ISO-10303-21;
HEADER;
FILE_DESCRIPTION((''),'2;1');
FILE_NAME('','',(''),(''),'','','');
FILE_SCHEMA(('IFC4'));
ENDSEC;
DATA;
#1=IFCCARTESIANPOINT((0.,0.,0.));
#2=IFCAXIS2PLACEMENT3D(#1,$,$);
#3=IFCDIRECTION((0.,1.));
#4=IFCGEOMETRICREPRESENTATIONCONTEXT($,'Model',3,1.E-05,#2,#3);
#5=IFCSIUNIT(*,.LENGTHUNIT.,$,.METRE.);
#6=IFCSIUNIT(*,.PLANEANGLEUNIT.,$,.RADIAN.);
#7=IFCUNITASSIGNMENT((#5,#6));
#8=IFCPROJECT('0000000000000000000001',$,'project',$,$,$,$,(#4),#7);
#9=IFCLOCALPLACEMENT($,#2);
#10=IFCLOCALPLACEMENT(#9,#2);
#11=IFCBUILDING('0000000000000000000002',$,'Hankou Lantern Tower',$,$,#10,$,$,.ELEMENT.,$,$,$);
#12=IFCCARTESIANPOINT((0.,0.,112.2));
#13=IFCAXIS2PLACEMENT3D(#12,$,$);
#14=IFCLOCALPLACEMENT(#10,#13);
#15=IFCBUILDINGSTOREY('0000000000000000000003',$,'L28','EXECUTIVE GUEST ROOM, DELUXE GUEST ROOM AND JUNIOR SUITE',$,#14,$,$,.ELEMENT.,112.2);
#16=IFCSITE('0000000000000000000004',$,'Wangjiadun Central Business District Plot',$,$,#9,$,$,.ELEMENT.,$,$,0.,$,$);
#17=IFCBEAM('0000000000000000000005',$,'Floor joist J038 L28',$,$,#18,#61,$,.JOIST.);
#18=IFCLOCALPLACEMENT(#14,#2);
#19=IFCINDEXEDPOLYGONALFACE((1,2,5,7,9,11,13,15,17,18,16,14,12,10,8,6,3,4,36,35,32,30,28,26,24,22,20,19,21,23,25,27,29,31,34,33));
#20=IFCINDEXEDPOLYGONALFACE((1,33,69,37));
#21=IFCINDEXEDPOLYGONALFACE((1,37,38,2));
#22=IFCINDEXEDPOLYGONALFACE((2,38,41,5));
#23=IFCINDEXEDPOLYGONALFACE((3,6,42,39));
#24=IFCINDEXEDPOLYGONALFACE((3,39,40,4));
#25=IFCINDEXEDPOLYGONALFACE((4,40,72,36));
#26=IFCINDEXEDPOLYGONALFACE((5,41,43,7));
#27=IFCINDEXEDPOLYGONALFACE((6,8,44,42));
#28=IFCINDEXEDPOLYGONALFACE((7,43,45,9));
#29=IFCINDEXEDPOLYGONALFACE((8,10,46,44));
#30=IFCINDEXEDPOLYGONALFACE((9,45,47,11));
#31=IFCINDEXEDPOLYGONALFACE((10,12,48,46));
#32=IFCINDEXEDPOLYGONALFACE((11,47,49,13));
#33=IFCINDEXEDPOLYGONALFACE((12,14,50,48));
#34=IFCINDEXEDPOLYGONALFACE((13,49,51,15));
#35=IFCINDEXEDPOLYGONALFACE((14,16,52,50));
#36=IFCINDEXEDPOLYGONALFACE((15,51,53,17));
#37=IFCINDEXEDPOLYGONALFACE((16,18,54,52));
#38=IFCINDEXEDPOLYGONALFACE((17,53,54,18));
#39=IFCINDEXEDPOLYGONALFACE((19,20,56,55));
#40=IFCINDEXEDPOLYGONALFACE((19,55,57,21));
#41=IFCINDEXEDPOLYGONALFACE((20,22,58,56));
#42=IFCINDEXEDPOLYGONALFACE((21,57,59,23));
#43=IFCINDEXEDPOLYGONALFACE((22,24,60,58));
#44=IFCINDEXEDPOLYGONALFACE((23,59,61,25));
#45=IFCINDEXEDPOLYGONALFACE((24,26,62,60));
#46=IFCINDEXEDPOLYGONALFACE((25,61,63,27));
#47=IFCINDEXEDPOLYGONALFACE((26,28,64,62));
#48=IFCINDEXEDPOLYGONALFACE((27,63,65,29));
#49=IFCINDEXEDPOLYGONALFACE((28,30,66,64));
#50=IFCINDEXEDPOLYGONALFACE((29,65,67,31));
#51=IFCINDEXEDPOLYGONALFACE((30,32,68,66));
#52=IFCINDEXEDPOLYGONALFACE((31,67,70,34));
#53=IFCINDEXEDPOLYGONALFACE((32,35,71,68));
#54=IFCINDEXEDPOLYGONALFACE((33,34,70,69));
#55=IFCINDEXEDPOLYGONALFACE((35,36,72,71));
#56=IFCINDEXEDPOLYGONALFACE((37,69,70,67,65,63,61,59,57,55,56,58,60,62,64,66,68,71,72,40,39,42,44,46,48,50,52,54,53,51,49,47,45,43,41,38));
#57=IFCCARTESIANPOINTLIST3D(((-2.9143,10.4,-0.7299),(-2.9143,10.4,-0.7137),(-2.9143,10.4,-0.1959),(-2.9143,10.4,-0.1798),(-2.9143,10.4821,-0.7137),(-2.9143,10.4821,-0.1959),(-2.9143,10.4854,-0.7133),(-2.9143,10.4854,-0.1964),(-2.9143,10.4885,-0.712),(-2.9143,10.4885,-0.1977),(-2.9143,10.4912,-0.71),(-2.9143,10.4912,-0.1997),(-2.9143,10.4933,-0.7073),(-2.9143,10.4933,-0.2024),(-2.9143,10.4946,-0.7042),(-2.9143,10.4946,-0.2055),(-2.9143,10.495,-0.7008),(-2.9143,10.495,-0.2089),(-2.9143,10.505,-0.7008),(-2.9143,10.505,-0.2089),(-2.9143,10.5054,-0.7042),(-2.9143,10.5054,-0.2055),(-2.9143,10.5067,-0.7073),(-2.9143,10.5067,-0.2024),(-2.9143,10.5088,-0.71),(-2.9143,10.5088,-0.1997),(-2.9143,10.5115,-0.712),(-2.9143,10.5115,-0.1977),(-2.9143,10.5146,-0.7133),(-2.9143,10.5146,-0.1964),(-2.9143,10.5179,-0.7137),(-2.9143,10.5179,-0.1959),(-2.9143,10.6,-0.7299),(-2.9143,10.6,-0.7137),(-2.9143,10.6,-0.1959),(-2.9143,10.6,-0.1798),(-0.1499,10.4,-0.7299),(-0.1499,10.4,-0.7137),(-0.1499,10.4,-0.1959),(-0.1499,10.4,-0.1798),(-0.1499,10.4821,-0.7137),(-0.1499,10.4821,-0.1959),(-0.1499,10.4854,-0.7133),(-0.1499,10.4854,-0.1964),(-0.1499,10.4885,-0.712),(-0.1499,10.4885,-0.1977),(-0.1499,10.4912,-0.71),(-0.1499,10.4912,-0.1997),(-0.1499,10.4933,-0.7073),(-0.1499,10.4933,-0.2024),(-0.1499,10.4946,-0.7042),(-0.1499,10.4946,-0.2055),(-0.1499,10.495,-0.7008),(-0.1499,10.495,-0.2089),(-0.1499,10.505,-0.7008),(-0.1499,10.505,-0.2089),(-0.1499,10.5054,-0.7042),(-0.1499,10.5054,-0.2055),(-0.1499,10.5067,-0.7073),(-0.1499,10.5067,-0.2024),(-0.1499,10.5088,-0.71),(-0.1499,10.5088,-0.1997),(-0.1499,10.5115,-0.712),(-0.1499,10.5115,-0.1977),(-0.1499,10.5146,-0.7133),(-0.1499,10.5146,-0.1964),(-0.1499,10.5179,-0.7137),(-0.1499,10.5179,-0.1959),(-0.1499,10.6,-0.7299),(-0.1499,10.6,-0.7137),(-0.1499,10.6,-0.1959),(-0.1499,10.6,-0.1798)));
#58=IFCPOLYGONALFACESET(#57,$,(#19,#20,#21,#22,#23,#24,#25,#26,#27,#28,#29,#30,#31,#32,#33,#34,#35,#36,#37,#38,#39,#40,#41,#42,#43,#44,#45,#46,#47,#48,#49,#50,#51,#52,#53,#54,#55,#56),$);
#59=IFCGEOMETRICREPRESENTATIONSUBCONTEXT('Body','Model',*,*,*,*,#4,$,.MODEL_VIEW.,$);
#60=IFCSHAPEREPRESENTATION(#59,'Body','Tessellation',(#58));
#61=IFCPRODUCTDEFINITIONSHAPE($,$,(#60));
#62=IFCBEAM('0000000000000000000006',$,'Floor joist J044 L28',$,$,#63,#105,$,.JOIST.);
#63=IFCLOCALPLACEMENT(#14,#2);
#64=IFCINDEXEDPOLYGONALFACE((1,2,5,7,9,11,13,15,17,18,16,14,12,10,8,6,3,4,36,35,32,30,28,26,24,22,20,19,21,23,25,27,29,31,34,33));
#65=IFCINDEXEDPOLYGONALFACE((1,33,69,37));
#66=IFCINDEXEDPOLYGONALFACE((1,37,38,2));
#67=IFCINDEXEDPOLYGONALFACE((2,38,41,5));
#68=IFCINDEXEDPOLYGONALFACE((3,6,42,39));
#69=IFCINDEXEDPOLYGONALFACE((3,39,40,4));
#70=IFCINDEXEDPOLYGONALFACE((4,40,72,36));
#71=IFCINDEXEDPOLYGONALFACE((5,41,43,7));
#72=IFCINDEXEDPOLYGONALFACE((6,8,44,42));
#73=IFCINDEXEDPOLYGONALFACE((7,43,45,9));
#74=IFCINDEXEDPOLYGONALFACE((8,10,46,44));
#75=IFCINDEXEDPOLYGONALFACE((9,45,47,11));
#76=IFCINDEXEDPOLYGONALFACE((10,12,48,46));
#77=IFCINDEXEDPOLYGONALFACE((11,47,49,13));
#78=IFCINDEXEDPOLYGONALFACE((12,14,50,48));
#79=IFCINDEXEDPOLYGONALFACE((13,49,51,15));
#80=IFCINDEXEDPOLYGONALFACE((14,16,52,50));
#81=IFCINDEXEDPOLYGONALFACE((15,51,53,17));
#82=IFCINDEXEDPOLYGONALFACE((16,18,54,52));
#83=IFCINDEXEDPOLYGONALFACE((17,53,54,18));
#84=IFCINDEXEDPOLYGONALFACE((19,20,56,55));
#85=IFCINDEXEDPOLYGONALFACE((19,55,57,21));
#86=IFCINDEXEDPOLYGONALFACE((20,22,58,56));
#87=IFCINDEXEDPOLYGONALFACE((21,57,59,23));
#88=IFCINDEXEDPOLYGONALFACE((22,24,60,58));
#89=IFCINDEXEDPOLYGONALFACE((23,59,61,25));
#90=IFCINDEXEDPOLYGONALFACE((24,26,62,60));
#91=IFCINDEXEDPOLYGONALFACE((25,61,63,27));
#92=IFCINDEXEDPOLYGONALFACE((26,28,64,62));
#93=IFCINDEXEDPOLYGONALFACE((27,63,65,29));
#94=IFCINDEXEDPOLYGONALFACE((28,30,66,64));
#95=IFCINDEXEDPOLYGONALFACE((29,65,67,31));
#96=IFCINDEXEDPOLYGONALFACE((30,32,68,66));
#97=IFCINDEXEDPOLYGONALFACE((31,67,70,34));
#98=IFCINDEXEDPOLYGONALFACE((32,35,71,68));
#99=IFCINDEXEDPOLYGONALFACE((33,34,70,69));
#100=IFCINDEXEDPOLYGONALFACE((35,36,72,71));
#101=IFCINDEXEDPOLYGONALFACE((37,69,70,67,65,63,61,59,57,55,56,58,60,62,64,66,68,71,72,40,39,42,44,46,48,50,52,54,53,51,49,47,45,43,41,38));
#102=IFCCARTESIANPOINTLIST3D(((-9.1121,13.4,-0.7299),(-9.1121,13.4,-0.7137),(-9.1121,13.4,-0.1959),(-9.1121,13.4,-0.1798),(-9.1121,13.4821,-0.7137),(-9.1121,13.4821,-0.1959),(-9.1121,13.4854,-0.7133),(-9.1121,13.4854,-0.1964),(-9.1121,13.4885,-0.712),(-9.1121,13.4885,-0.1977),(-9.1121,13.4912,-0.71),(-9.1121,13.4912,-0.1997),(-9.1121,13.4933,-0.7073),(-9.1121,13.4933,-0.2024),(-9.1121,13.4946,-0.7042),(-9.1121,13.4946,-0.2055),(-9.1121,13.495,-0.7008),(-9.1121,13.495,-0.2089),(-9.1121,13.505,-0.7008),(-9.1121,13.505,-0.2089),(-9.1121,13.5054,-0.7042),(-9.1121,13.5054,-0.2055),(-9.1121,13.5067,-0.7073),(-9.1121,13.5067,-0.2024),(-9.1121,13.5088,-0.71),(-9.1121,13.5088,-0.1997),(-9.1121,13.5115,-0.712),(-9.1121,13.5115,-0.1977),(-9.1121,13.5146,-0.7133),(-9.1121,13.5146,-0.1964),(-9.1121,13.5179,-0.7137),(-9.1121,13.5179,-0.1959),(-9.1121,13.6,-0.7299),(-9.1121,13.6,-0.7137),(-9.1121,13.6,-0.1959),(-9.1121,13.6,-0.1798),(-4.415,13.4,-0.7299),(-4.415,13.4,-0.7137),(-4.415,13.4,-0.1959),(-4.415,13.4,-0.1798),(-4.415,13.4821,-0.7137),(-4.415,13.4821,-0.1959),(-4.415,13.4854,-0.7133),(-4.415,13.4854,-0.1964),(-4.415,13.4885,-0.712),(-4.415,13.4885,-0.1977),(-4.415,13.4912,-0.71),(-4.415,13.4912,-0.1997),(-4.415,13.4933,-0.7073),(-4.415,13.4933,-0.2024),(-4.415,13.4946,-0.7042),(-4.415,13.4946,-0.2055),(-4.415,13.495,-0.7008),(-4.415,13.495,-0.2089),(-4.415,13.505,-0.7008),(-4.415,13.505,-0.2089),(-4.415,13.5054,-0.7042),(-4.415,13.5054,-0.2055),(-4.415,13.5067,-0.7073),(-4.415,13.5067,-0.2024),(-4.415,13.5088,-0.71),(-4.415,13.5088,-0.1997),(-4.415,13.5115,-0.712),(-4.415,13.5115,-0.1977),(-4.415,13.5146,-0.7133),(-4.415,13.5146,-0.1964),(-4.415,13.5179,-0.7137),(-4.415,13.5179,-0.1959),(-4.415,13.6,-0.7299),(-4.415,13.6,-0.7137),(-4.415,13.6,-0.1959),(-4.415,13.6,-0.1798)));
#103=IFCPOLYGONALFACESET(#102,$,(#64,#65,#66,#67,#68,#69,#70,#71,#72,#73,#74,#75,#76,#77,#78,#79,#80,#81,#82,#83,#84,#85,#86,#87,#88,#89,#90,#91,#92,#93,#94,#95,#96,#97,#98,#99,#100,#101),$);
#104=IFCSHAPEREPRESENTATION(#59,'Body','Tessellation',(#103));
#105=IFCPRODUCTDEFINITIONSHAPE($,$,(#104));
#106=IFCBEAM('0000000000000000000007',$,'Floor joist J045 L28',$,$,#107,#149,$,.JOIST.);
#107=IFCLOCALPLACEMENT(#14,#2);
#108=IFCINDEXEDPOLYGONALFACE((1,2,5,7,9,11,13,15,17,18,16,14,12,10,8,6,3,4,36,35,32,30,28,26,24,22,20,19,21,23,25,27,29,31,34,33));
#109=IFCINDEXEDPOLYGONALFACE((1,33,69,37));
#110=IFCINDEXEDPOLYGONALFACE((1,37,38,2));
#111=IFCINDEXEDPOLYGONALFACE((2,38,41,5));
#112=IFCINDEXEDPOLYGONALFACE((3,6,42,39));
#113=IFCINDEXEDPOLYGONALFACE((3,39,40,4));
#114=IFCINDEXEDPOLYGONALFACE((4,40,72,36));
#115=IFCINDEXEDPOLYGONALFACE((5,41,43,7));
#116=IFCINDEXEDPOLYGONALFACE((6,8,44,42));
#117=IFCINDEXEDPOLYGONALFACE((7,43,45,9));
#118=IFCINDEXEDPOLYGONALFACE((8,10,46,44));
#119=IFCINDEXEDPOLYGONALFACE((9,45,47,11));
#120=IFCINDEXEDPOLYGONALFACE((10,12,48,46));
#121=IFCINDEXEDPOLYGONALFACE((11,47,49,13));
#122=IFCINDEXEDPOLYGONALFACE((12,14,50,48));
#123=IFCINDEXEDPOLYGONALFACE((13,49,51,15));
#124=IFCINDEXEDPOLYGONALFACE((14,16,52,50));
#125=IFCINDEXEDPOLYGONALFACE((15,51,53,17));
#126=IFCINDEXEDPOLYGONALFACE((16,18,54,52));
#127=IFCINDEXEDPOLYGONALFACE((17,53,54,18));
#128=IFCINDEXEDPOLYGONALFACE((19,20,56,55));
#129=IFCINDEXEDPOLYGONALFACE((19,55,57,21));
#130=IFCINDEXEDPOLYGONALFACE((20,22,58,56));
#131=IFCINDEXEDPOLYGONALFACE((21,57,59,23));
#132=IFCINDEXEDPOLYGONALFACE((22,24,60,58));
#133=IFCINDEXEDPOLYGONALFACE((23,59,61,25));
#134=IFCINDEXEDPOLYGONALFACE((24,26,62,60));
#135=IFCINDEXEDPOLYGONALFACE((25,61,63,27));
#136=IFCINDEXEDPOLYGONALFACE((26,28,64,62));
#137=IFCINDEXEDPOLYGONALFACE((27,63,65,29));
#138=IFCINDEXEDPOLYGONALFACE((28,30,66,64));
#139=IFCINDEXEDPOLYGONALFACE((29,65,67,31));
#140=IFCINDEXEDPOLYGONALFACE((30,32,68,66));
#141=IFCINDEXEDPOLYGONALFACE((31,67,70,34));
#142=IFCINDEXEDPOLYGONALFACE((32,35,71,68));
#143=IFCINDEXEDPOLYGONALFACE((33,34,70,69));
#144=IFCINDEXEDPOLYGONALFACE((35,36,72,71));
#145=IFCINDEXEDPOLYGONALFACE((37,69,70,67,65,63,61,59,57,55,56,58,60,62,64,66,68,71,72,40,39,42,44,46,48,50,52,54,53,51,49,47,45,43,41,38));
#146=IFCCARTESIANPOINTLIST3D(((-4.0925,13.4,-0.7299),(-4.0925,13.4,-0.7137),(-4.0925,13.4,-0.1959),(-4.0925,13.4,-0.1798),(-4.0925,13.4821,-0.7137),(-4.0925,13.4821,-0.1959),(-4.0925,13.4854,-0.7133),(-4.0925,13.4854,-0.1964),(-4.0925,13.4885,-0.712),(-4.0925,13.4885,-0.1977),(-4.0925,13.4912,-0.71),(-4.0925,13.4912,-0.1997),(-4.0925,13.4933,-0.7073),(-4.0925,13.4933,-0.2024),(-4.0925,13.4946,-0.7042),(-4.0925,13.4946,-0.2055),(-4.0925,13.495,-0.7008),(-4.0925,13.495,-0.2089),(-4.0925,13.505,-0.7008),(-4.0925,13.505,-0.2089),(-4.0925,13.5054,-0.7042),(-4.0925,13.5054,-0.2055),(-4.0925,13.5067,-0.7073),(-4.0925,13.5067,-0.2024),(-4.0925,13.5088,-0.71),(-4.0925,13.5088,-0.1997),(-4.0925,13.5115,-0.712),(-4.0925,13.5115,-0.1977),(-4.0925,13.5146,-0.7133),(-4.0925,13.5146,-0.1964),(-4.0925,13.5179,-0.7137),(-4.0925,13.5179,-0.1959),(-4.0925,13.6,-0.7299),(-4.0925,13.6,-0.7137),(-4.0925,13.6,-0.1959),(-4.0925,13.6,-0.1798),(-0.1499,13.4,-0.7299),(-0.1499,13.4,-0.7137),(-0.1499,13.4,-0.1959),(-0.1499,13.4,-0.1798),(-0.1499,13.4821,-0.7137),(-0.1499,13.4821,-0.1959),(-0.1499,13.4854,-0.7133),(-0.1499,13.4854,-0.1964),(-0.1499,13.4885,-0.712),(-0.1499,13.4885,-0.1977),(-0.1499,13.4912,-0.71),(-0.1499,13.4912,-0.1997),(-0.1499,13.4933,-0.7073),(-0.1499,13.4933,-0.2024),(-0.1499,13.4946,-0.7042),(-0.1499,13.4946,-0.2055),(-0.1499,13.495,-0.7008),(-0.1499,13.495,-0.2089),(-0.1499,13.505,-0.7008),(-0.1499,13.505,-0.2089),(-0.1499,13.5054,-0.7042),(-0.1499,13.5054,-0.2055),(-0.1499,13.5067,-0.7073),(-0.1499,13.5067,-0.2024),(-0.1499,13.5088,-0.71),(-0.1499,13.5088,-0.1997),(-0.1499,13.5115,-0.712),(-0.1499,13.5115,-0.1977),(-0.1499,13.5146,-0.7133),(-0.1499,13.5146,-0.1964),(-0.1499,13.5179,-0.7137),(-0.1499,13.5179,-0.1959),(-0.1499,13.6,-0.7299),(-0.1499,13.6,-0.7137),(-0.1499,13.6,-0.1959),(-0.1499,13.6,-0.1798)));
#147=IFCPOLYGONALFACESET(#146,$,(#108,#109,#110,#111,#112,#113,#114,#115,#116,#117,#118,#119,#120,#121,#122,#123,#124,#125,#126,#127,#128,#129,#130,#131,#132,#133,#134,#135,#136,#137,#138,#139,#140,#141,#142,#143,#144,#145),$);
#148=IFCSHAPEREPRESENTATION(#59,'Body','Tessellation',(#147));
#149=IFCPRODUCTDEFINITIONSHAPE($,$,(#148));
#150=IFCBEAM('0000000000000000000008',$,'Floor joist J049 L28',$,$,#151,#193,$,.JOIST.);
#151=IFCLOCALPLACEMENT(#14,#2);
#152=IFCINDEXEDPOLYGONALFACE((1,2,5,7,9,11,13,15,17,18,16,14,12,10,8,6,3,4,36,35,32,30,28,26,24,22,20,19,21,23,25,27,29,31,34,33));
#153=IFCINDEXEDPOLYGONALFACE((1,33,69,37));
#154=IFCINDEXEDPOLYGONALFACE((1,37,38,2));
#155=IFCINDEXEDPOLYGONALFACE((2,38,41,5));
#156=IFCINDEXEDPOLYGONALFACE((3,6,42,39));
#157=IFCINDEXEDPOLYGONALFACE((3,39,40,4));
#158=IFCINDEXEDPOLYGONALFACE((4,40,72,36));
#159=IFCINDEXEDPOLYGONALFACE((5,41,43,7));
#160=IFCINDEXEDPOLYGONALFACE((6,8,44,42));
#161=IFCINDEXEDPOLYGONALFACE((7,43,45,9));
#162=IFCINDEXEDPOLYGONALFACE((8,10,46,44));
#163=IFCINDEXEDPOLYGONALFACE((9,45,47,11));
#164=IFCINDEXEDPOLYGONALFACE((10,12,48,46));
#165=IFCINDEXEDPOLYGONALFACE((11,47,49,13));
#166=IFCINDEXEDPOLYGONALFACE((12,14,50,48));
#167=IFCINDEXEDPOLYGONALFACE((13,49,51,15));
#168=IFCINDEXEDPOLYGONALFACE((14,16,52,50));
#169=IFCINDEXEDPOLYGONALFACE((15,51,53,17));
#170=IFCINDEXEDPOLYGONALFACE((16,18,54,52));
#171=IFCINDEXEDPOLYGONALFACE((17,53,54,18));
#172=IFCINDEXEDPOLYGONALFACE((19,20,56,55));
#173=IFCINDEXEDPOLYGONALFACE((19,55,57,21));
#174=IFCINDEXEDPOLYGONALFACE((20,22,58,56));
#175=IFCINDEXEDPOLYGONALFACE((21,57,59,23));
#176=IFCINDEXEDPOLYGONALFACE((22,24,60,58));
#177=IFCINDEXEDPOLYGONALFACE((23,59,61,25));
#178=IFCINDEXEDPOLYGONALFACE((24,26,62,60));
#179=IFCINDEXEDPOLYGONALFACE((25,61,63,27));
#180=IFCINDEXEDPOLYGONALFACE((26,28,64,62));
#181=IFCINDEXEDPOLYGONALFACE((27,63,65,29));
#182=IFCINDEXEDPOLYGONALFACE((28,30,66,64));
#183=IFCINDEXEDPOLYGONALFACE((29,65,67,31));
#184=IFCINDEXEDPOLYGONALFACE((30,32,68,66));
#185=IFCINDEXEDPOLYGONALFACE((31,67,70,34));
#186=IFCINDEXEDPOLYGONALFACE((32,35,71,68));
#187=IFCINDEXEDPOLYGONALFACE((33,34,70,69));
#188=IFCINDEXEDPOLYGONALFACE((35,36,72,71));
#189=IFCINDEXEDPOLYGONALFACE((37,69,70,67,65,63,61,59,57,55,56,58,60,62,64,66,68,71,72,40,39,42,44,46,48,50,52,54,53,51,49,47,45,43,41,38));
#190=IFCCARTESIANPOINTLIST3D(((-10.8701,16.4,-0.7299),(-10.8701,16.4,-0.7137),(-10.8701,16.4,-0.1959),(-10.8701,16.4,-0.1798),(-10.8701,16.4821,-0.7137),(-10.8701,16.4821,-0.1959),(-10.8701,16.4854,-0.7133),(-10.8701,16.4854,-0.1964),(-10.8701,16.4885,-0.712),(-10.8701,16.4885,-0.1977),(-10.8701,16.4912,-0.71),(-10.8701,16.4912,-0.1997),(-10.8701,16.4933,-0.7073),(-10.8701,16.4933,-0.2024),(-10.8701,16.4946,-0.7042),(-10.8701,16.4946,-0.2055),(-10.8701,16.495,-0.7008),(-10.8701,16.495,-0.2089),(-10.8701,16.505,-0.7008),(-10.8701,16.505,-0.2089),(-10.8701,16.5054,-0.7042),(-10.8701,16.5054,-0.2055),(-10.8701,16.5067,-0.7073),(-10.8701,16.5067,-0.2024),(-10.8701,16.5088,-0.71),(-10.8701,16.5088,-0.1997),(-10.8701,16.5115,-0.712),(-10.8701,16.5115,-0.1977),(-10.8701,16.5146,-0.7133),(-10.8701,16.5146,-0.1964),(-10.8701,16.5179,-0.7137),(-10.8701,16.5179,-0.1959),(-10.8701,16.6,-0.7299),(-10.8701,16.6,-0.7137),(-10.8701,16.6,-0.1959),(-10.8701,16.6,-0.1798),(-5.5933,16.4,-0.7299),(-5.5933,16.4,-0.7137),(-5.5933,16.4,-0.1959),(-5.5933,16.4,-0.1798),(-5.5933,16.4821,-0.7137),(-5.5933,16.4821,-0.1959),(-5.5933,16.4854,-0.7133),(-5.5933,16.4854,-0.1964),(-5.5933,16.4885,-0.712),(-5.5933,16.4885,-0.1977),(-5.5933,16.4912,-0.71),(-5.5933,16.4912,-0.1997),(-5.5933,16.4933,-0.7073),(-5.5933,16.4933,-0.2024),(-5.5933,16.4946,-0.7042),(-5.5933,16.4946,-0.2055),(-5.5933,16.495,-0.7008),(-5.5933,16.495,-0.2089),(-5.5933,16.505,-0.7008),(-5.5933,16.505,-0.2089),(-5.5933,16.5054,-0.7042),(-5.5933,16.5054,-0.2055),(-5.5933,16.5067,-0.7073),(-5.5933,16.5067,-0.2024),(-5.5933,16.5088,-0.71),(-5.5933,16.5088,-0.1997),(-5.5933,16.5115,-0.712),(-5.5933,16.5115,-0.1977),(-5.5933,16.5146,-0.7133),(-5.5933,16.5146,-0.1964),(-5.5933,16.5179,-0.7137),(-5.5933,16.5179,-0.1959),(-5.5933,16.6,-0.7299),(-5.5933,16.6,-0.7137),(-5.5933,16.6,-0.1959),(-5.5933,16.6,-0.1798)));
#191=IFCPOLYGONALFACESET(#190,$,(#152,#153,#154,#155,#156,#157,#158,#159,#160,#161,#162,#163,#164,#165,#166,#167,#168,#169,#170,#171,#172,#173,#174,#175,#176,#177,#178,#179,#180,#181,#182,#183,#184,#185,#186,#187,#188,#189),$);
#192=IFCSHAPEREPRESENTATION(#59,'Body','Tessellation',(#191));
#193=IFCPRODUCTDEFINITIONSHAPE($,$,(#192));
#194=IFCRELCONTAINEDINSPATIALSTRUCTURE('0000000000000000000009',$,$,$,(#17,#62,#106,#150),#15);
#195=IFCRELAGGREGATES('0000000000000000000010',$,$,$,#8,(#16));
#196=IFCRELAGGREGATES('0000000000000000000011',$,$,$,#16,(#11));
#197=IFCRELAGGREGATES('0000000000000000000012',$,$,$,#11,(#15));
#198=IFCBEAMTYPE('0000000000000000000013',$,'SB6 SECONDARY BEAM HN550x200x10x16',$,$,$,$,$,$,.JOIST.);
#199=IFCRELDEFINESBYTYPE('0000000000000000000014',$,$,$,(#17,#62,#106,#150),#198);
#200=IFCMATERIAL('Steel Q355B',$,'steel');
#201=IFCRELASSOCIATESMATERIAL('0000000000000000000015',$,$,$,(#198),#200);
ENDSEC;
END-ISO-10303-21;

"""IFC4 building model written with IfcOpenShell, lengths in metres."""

from ifc_helpers import new_model, si_unit, direction, frame, origin, origin_2d, place, context, subcontext, project, spatial, i_section, extrude, material, material_profile, profile_set, type_object, element, save


model = new_model("IFC4")

# Units and contexts
model_context = context("Model", 3, precision=1e-05, world=origin(), true_north=direction((0.0, 1.0)))
body_context = subcontext(model_context, "Body", "Model", "MODEL_VIEW")
ifc_project = project(units=[si_unit("LENGTHUNIT", "METRE"), si_unit("PLANEANGLEUNIT", "RADIAN")], contexts=[model_context])

# Site, building, storey
site_placement = place(None, origin())
site = spatial("IfcSite", under=ifc_project, at=site_placement, Name="Wangjiadun Central Business District Plot", CompositionType="ELEMENT", RefElevation=0.0)
building_placement = place(site_placement, origin())
building = spatial("IfcBuilding", under=site, at=building_placement, Name="Hankou Lantern Tower", CompositionType="ELEMENT")
storey_placement = place(building_placement, frame((0.0, 0.0, 112.2)))
storey = spatial("IfcBuildingStorey", under=building, at=storey_placement, Name="L28", Description="EXECUTIVE GUEST ROOM, DELUXE GUEST ROOM AND JUNIOR SUITE", CompositionType="ELEMENT", Elevation=112.2)

# Beams
ifc_material_1 = material(Name="Steel Q355B", Category="steel")
ifc_material_profile_1 = material_profile(ifc_material_1, i_section(OverallWidth=0.2, OverallDepth=0.55, WebThickness=0.01, FlangeThickness=0.0161, FilletRadius=0.0129, at=origin_2d()), Name="HN550x200x10x16")
ifc_profile_set_1 = profile_set([ifc_material_profile_1], Name="Steel Q355B")
beam_type_1 = type_object("IfcBeamType", Name="SB6 SECONDARY BEAM HN550x200x10x16", PredefinedType="JOIST", material=ifc_profile_set_1)
beam_1_placement = place(storey_placement, frame((-2.9143, 10.5, -0.4548), z_axis=(1.0, 0.0, 0.0), x_axis=(0.0, 1.0, 0.0)))
element("IfcBeam", 1, at=beam_1_placement, inside=storey, type_object=beam_type_1, Name="Floor joist J038 L28", PredefinedType="JOIST", context=body_context, shape_type="SweptSolid", body=[
    extrude(i_section(OverallWidth=0.2, OverallDepth=0.55, WebThickness=0.01, FlangeThickness=0.0161, FilletRadius=0.0129, at=origin_2d()), origin(), (0.0, 0.0, 1.0), 2.7644),
])
beam_2_placement = place(storey_placement, frame((-9.1121, 13.5, -0.4548), z_axis=(1.0, 0.0, 0.0), x_axis=(0.0, 1.0, 0.0)))
element("IfcBeam", 2, at=beam_2_placement, inside=storey, type_object=beam_type_1, Name="Floor joist J044 L28", PredefinedType="JOIST", context=body_context, shape_type="SweptSolid", body=[
    extrude(i_section(OverallWidth=0.2, OverallDepth=0.55, WebThickness=0.01, FlangeThickness=0.0161, FilletRadius=0.0129, at=origin_2d()), origin(), (0.0, 0.0, 1.0), 4.697),
])
beam_3_placement = place(storey_placement, frame((-4.0925, 13.5, -0.4548), z_axis=(1.0, 0.0, 0.0), x_axis=(0.0, 1.0, 0.0)))
element("IfcBeam", 3, at=beam_3_placement, inside=storey, type_object=beam_type_1, Name="Floor joist J045 L28", PredefinedType="JOIST", context=body_context, shape_type="SweptSolid", body=[
    extrude(i_section(OverallWidth=0.2, OverallDepth=0.55, WebThickness=0.01, FlangeThickness=0.0161, FilletRadius=0.0129, at=origin_2d()), origin(), (0.0, 0.0, 1.0), 3.9426),
])
beam_4_placement = place(storey_placement, frame((-10.8701, 16.5, -0.4548), z_axis=(1.0, 0.0, 0.0), x_axis=(0.0, 1.0, 0.0)))
element("IfcBeam", 4, at=beam_4_placement, inside=storey, type_object=beam_type_1, Name="Floor joist J049 L28", PredefinedType="JOIST", context=body_context, shape_type="SweptSolid", body=[
    extrude(i_section(OverallWidth=0.2, OverallDepth=0.55, WebThickness=0.01, FlangeThickness=0.0161, FilletRadius=0.0129, at=origin_2d()), origin(), (0.0, 0.0, 1.0), 5.2769),
])

save(model, "model.ifc")
